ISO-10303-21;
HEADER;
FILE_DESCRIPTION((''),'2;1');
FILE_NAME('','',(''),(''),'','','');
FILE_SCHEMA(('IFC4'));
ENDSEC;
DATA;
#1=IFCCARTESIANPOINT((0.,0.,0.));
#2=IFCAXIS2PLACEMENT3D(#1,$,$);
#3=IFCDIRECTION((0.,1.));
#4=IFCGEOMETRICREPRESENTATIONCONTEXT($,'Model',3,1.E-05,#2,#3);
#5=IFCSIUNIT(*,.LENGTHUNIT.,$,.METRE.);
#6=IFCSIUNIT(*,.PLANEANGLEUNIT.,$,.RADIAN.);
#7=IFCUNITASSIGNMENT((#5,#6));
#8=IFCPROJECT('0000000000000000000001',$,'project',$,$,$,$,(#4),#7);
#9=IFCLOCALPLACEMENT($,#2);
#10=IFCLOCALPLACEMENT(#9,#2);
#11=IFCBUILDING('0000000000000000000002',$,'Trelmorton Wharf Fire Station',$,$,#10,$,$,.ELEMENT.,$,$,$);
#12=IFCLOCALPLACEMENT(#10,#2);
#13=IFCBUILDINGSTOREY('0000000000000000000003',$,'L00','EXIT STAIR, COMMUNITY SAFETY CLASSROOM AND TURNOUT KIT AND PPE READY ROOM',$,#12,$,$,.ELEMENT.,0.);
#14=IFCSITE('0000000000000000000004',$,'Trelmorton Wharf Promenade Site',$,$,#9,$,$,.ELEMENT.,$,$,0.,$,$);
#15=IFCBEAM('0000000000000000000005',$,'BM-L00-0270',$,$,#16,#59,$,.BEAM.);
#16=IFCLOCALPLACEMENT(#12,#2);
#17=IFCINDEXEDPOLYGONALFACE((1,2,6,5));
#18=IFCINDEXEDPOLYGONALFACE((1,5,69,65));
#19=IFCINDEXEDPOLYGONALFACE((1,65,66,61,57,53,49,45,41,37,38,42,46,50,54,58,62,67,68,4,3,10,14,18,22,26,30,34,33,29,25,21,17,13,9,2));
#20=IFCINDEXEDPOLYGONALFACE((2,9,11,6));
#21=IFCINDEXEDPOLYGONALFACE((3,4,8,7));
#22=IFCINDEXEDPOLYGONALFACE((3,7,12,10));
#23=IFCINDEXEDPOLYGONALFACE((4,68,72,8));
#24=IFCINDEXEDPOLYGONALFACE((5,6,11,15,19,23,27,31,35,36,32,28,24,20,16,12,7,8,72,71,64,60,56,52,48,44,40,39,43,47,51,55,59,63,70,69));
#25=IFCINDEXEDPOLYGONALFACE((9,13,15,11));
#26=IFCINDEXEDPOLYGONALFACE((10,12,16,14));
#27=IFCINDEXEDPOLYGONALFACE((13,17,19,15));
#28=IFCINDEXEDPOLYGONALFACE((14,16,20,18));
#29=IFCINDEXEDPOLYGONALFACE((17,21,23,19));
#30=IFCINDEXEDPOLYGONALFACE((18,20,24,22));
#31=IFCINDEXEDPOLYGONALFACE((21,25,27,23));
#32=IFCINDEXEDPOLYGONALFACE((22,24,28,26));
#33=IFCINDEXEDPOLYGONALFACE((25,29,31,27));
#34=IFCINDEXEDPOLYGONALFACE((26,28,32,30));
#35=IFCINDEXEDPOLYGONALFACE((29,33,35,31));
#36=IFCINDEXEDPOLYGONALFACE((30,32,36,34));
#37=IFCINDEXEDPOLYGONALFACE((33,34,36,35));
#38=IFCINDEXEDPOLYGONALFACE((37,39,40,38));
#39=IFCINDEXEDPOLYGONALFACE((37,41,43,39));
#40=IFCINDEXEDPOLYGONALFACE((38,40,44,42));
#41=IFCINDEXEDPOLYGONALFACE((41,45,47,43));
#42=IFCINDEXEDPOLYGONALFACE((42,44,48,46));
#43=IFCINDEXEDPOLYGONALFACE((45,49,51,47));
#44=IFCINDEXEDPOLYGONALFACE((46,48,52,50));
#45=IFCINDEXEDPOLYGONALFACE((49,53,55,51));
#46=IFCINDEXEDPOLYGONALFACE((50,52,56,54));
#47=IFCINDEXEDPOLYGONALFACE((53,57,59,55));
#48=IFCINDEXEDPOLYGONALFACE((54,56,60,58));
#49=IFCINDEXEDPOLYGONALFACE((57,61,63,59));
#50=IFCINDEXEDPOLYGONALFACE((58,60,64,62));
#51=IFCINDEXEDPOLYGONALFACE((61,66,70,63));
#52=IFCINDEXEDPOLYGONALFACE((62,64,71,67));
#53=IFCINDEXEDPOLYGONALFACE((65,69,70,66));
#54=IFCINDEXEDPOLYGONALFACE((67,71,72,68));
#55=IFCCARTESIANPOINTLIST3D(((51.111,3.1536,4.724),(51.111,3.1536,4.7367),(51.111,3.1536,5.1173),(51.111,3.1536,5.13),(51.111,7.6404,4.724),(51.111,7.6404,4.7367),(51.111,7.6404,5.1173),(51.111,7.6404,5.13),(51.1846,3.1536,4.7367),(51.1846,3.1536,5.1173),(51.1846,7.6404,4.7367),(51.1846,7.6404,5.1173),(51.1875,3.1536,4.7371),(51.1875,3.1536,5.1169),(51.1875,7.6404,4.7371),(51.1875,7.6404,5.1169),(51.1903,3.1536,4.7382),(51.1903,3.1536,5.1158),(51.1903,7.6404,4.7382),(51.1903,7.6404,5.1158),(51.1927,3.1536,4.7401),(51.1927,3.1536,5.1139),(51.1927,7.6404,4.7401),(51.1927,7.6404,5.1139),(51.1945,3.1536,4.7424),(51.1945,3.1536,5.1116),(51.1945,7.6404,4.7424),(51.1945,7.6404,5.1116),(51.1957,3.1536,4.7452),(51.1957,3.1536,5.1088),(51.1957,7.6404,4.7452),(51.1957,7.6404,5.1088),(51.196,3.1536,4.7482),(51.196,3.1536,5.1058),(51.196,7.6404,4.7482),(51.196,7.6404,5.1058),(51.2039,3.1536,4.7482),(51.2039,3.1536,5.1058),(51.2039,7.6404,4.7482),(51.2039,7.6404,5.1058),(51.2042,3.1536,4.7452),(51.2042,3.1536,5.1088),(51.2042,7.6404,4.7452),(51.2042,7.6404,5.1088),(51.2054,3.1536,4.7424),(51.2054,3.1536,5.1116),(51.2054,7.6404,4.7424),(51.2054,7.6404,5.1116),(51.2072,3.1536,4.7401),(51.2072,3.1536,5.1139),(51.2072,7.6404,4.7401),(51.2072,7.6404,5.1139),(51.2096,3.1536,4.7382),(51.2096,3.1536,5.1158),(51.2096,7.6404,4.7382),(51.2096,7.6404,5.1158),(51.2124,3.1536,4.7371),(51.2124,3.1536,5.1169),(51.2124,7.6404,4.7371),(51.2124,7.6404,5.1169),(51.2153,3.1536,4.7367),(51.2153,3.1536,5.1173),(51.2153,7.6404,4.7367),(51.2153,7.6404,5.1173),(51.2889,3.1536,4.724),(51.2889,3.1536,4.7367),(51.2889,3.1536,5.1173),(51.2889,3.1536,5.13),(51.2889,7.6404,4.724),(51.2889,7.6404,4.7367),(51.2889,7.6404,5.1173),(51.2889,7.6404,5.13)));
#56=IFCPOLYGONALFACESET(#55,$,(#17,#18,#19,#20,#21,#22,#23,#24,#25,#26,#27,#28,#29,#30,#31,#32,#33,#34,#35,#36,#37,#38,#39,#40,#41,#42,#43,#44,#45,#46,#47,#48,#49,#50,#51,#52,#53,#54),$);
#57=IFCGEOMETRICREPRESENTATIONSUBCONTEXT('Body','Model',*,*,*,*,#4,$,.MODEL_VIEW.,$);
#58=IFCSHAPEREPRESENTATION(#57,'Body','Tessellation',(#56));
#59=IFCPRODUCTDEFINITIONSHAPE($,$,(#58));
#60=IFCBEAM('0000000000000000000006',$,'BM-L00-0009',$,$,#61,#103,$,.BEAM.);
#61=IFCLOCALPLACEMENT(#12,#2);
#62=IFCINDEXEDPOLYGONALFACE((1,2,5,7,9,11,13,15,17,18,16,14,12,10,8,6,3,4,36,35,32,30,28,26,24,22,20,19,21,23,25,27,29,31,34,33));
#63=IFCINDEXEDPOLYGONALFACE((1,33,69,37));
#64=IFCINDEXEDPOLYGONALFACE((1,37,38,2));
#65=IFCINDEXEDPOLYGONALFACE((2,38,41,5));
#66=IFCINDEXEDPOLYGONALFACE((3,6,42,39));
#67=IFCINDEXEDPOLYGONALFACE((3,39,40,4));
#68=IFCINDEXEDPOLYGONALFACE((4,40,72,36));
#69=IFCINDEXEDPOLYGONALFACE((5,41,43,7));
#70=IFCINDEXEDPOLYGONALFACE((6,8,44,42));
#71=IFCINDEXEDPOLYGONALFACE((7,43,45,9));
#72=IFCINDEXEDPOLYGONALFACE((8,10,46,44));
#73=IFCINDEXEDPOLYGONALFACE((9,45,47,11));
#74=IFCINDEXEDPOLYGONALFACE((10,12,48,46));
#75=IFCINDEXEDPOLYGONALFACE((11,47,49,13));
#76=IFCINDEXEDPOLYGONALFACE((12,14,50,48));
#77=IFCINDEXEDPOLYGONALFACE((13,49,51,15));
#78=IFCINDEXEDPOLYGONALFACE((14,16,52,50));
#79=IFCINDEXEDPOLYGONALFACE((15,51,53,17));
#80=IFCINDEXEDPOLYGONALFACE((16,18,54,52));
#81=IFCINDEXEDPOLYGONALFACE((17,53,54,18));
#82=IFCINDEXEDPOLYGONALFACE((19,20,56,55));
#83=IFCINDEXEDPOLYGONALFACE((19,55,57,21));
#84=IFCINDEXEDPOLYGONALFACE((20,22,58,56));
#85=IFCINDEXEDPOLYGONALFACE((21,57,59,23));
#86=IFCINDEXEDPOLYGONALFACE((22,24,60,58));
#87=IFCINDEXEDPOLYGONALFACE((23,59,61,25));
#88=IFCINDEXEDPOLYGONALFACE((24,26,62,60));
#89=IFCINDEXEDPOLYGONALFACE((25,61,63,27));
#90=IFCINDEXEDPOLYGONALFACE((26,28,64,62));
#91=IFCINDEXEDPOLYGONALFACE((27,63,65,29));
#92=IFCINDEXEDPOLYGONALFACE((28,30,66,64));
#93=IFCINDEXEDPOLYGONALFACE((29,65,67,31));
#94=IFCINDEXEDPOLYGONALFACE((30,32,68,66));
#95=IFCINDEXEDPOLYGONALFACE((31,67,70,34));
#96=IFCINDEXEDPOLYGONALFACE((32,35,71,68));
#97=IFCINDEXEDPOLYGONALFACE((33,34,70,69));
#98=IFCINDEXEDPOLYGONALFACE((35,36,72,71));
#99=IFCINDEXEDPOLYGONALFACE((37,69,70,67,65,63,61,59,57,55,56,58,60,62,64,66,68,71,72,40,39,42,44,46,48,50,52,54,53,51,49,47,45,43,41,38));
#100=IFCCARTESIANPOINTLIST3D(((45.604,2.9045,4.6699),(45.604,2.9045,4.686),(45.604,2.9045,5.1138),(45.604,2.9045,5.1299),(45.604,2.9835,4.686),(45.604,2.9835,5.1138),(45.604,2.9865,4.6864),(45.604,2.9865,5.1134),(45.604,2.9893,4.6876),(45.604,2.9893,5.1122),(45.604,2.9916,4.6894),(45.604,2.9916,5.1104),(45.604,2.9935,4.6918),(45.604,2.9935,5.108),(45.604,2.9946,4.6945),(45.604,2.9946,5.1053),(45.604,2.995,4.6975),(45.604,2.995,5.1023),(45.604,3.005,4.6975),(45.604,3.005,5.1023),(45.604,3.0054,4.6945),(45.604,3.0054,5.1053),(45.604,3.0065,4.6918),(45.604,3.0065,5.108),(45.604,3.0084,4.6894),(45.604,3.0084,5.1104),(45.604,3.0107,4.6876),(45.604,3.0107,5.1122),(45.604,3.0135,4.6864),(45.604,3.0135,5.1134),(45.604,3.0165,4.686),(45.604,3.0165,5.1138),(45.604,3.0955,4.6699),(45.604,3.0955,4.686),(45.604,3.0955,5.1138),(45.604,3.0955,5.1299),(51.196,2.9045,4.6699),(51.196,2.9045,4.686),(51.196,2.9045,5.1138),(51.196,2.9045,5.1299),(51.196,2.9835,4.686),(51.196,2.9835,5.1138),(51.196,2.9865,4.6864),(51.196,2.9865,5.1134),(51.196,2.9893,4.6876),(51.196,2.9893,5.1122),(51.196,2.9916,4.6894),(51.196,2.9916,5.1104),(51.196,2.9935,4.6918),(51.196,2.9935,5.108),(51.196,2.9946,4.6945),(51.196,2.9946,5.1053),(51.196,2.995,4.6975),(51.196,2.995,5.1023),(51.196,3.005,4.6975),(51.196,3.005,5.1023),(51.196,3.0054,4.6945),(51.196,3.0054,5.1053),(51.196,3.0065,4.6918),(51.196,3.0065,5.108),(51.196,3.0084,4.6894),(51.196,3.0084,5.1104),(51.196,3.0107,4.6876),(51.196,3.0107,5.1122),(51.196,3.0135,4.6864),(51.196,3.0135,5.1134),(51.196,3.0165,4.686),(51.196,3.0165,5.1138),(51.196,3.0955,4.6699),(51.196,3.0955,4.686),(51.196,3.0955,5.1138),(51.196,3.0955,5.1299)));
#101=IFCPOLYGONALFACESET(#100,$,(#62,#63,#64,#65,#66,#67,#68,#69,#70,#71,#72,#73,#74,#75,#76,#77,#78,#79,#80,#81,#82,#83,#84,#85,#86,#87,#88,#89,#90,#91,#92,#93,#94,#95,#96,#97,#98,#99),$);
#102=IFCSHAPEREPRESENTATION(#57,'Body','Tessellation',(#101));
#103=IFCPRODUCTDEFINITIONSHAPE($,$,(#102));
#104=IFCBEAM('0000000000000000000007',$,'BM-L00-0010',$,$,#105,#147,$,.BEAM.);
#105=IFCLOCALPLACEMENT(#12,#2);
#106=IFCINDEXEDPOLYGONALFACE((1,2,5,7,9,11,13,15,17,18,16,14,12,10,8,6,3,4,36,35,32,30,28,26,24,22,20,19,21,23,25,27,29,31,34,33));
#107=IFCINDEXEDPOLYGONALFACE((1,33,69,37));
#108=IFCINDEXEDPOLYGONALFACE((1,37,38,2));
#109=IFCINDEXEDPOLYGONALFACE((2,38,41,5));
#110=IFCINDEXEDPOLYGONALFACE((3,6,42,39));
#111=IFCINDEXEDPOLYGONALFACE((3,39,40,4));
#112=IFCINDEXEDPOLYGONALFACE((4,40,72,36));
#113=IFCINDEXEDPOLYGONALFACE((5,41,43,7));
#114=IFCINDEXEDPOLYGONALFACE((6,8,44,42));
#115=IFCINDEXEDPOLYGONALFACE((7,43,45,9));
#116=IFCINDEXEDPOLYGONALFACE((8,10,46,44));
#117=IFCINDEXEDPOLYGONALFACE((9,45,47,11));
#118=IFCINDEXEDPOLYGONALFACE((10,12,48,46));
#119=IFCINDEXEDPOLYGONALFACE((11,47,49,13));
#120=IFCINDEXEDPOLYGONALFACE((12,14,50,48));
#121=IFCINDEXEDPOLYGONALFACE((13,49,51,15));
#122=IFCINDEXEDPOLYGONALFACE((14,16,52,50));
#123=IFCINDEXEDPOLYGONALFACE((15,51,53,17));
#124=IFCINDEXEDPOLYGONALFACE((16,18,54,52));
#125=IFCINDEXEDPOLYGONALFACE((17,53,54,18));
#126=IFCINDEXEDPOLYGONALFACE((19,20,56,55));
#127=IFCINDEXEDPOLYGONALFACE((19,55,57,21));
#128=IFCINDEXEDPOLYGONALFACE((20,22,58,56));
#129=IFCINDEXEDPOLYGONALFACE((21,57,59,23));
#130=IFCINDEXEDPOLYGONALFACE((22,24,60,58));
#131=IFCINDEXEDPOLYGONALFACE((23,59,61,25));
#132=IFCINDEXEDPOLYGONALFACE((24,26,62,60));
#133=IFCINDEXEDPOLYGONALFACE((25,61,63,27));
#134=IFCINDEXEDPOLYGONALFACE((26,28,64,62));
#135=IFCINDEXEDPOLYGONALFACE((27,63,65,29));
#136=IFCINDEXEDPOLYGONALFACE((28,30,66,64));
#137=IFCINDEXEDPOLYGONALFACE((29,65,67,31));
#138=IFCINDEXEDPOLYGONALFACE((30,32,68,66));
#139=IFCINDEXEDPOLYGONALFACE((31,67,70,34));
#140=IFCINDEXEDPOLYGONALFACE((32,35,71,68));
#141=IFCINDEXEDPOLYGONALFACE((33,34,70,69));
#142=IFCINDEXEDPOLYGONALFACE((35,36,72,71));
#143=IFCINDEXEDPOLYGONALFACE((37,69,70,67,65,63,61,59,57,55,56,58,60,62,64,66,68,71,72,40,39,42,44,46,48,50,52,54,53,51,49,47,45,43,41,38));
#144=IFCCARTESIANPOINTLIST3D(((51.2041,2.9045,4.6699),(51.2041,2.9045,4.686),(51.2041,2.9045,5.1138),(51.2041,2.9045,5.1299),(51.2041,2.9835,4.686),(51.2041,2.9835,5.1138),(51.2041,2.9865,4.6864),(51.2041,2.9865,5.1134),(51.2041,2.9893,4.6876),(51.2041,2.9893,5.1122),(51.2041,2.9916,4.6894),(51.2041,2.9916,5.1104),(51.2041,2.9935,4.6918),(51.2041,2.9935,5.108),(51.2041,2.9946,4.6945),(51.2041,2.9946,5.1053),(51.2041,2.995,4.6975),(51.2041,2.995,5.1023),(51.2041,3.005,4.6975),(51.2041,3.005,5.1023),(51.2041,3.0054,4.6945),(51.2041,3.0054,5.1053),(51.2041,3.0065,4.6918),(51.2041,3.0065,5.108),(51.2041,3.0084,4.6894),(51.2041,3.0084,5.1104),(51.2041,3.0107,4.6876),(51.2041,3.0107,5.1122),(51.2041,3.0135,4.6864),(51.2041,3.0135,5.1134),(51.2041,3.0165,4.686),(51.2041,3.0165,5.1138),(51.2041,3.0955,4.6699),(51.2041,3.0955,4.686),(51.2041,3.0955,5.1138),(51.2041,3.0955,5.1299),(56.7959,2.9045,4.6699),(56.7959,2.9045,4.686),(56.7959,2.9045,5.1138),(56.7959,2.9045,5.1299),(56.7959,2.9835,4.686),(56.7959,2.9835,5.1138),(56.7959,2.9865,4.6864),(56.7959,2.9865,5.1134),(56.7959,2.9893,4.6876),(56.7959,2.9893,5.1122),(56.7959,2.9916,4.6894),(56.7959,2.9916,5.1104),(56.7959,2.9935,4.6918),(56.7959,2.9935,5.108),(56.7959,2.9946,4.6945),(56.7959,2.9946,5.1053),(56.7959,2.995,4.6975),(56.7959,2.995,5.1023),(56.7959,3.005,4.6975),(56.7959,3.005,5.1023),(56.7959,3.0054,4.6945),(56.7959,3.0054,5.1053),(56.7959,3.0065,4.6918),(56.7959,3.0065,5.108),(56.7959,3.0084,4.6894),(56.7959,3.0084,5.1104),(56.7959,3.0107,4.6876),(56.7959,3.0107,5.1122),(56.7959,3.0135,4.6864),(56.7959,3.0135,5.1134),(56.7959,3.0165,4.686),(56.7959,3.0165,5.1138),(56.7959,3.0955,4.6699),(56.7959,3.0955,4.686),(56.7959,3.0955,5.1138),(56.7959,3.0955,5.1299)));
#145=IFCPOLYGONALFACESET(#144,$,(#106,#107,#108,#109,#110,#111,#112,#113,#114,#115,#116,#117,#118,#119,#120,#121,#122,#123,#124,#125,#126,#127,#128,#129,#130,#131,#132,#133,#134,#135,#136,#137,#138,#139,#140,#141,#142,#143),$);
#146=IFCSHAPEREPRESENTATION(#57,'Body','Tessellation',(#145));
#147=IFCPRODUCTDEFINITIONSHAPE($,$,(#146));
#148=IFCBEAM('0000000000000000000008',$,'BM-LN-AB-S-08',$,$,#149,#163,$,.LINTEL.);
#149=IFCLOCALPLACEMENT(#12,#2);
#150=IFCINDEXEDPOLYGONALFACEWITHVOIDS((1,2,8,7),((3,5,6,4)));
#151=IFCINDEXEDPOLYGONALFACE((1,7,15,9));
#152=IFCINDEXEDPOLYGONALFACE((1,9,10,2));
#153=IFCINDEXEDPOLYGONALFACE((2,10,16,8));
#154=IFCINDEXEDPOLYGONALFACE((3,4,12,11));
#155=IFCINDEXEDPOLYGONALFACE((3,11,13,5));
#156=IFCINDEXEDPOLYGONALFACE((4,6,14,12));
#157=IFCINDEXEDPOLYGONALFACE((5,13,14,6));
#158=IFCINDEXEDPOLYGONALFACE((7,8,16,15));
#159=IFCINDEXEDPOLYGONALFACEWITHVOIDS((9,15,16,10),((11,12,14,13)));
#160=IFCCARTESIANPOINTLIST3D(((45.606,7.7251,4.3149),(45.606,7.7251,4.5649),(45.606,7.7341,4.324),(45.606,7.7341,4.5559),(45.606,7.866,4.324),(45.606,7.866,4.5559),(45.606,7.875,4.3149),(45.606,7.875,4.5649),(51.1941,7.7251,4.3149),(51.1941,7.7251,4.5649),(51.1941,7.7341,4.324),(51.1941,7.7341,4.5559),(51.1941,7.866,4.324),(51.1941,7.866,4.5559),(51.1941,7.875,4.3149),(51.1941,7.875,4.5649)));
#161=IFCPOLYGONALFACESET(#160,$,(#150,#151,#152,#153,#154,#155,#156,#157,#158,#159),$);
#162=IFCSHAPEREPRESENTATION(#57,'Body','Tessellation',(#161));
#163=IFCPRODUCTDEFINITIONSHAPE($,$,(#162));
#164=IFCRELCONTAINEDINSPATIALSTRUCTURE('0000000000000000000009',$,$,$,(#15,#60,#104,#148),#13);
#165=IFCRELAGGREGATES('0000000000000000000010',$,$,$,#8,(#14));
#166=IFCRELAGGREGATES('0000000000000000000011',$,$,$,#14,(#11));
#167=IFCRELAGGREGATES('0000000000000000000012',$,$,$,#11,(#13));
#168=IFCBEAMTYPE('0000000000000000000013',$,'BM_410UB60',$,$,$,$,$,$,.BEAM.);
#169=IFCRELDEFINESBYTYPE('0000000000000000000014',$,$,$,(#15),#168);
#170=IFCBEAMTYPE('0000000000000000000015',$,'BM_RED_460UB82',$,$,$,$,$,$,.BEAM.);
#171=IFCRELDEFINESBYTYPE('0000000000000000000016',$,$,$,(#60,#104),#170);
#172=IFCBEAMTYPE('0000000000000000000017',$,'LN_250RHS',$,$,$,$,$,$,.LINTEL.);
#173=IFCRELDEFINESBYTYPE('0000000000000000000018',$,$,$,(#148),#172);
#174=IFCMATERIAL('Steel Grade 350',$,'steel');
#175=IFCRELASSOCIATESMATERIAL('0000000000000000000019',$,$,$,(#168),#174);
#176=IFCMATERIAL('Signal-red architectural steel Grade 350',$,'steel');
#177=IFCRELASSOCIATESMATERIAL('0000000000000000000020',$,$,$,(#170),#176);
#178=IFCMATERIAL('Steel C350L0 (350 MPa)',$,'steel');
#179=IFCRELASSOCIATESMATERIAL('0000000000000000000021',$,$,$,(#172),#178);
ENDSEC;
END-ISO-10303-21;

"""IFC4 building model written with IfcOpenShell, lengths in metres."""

from ifc_helpers import new_model, si_unit, direction, frame, origin, origin_2d, place, context, subcontext, project, spatial, hollow_rectangle, i_section, extrude, material, material_profile, profile_set, type_object, element, save


model = new_model("IFC4")

# Units and contexts
model_context = context("Model", 3, precision=1e-05, world=origin(), true_north=direction((0.0, 1.0)))
body_context = subcontext(model_context, "Body", "Model", "MODEL_VIEW")
ifc_project = project(units=[si_unit("LENGTHUNIT", "METRE"), si_unit("PLANEANGLEUNIT", "RADIAN")], contexts=[model_context])

# Site, building, storey
site_placement = place(None, origin())
site = spatial("IfcSite", under=ifc_project, at=site_placement, Name="Trelmorton Wharf Promenade Site", CompositionType="ELEMENT", RefElevation=0.0)
building_placement = place(site_placement, origin())
building = spatial("IfcBuilding", under=site, at=building_placement, Name="Trelmorton Wharf Fire Station", CompositionType="ELEMENT")
storey_placement = place(building_placement, origin())
storey = spatial("IfcBuildingStorey", under=building, at=storey_placement, Name="L00", Description="EXIT STAIR, COMMUNITY SAFETY CLASSROOM AND TURNOUT KIT AND PPE READY ROOM", CompositionType="ELEMENT", Elevation=0.0)

# Shared definitions
ifc_material_1 = material(Name="Steel Grade 350", Category="steel")
ifc_material_2 = material(Name="Signal-red architectural steel Grade 350", Category="steel")

# Beams
ifc_material_profile_1 = material_profile(ifc_material_1, i_section(OverallWidth=0.178, OverallDepth=0.406, WebThickness=0.0078, FlangeThickness=0.0127, FilletRadius=0.0115, at=origin_2d()), Name="410UB59.7")
ifc_profile_set_1 = profile_set([ifc_material_profile_1], Name="Steel Grade 350")
beam_type_1 = type_object("IfcBeamType", Name="BM_410UB60", PredefinedType="BEAM", material=ifc_profile_set_1)
beam_1_placement = place(storey_placement, frame((51.2, 3.1536, 4.927), z_axis=(0.0, 1.0, 0.0), x_axis=(-1.0, 0.0, 0.0)))
element("IfcBeam", 1, at=beam_1_placement, inside=storey, type_object=beam_type_1, Name="BM-L00-0270", PredefinedType="BEAM", context=body_context, shape_type="SweptSolid", body=[
    extrude(i_section(OverallWidth=0.178, OverallDepth=0.406, WebThickness=0.0078, FlangeThickness=0.0127, FilletRadius=0.0115, at=origin_2d()), origin(), (0.0, 0.0, 1.0), 4.4868),
])
ifc_material_profile_2 = material_profile(ifc_material_2, i_section(OverallWidth=0.1909, OverallDepth=0.46, WebThickness=0.01, FlangeThickness=0.0161, FilletRadius=0.0115, at=origin_2d()), Name="460UB82.1")
ifc_profile_set_2 = profile_set([ifc_material_profile_2], Name="Signal-red architectural steel Grade 350")
beam_type_2 = type_object("IfcBeamType", Name="BM_RED_460UB82", PredefinedType="BEAM", material=ifc_profile_set_2)
beam_2_placement = place(storey_placement, frame((45.604, 3.0, 4.8999), z_axis=(1.0, 0.0, 0.0), x_axis=(0.0, 1.0, 0.0)))
element("IfcBeam", 2, at=beam_2_placement, inside=storey, type_object=beam_type_2, Name="BM-L00-0009", PredefinedType="BEAM", context=body_context, shape_type="SweptSolid", body=[
    extrude(i_section(OverallWidth=0.1909, OverallDepth=0.46, WebThickness=0.01, FlangeThickness=0.0161, FilletRadius=0.0115, at=origin_2d()), origin(), (0.0, 0.0, 1.0), 5.592),
])
beam_3_placement = place(storey_placement, frame((51.2041, 3.0, 4.8999), z_axis=(1.0, 0.0, 0.0), x_axis=(0.0, 1.0, 0.0)))
element("IfcBeam", 3, at=beam_3_placement, inside=storey, type_object=beam_type_2, Name="BM-L00-0010", PredefinedType="BEAM", context=body_context, shape_type="SweptSolid", body=[
    extrude(i_section(OverallWidth=0.1909, OverallDepth=0.46, WebThickness=0.01, FlangeThickness=0.0161, FilletRadius=0.0115, at=origin_2d()), origin(), (0.0, 0.0, 1.0), 5.5918),
])
ifc_material_3 = material(Name="Steel C350L0 (350 MPa)", Category="steel")
ifc_material_profile_3 = material_profile(ifc_material_3, hollow_rectangle(XDim=0.1499, YDim=0.25, WallThickness=0.009, at=origin_2d()), Name="250x150x9.0RHS")
ifc_profile_set_3 = profile_set([ifc_material_profile_3], Name="Steel C350L0 (350 MPa)")
beam_type_3 = type_object("IfcBeamType", Name="LN_250RHS", PredefinedType="LINTEL", material=ifc_profile_set_3)
beam_4_placement = place(storey_placement, frame((45.606, 7.8, 4.4399), z_axis=(1.0, 0.0, 0.0), x_axis=(0.0, 1.0, 0.0)))
element("IfcBeam", 4, at=beam_4_placement, inside=storey, type_object=beam_type_3, Name="BM-LN-AB-S-08", PredefinedType="LINTEL", context=body_context, shape_type="SweptSolid", body=[
    extrude(hollow_rectangle(XDim=0.1499, YDim=0.25, WallThickness=0.009, at=origin_2d()), origin(), (0.0, 0.0, 1.0), 5.5881),
])

save(model, "model.ifc")
